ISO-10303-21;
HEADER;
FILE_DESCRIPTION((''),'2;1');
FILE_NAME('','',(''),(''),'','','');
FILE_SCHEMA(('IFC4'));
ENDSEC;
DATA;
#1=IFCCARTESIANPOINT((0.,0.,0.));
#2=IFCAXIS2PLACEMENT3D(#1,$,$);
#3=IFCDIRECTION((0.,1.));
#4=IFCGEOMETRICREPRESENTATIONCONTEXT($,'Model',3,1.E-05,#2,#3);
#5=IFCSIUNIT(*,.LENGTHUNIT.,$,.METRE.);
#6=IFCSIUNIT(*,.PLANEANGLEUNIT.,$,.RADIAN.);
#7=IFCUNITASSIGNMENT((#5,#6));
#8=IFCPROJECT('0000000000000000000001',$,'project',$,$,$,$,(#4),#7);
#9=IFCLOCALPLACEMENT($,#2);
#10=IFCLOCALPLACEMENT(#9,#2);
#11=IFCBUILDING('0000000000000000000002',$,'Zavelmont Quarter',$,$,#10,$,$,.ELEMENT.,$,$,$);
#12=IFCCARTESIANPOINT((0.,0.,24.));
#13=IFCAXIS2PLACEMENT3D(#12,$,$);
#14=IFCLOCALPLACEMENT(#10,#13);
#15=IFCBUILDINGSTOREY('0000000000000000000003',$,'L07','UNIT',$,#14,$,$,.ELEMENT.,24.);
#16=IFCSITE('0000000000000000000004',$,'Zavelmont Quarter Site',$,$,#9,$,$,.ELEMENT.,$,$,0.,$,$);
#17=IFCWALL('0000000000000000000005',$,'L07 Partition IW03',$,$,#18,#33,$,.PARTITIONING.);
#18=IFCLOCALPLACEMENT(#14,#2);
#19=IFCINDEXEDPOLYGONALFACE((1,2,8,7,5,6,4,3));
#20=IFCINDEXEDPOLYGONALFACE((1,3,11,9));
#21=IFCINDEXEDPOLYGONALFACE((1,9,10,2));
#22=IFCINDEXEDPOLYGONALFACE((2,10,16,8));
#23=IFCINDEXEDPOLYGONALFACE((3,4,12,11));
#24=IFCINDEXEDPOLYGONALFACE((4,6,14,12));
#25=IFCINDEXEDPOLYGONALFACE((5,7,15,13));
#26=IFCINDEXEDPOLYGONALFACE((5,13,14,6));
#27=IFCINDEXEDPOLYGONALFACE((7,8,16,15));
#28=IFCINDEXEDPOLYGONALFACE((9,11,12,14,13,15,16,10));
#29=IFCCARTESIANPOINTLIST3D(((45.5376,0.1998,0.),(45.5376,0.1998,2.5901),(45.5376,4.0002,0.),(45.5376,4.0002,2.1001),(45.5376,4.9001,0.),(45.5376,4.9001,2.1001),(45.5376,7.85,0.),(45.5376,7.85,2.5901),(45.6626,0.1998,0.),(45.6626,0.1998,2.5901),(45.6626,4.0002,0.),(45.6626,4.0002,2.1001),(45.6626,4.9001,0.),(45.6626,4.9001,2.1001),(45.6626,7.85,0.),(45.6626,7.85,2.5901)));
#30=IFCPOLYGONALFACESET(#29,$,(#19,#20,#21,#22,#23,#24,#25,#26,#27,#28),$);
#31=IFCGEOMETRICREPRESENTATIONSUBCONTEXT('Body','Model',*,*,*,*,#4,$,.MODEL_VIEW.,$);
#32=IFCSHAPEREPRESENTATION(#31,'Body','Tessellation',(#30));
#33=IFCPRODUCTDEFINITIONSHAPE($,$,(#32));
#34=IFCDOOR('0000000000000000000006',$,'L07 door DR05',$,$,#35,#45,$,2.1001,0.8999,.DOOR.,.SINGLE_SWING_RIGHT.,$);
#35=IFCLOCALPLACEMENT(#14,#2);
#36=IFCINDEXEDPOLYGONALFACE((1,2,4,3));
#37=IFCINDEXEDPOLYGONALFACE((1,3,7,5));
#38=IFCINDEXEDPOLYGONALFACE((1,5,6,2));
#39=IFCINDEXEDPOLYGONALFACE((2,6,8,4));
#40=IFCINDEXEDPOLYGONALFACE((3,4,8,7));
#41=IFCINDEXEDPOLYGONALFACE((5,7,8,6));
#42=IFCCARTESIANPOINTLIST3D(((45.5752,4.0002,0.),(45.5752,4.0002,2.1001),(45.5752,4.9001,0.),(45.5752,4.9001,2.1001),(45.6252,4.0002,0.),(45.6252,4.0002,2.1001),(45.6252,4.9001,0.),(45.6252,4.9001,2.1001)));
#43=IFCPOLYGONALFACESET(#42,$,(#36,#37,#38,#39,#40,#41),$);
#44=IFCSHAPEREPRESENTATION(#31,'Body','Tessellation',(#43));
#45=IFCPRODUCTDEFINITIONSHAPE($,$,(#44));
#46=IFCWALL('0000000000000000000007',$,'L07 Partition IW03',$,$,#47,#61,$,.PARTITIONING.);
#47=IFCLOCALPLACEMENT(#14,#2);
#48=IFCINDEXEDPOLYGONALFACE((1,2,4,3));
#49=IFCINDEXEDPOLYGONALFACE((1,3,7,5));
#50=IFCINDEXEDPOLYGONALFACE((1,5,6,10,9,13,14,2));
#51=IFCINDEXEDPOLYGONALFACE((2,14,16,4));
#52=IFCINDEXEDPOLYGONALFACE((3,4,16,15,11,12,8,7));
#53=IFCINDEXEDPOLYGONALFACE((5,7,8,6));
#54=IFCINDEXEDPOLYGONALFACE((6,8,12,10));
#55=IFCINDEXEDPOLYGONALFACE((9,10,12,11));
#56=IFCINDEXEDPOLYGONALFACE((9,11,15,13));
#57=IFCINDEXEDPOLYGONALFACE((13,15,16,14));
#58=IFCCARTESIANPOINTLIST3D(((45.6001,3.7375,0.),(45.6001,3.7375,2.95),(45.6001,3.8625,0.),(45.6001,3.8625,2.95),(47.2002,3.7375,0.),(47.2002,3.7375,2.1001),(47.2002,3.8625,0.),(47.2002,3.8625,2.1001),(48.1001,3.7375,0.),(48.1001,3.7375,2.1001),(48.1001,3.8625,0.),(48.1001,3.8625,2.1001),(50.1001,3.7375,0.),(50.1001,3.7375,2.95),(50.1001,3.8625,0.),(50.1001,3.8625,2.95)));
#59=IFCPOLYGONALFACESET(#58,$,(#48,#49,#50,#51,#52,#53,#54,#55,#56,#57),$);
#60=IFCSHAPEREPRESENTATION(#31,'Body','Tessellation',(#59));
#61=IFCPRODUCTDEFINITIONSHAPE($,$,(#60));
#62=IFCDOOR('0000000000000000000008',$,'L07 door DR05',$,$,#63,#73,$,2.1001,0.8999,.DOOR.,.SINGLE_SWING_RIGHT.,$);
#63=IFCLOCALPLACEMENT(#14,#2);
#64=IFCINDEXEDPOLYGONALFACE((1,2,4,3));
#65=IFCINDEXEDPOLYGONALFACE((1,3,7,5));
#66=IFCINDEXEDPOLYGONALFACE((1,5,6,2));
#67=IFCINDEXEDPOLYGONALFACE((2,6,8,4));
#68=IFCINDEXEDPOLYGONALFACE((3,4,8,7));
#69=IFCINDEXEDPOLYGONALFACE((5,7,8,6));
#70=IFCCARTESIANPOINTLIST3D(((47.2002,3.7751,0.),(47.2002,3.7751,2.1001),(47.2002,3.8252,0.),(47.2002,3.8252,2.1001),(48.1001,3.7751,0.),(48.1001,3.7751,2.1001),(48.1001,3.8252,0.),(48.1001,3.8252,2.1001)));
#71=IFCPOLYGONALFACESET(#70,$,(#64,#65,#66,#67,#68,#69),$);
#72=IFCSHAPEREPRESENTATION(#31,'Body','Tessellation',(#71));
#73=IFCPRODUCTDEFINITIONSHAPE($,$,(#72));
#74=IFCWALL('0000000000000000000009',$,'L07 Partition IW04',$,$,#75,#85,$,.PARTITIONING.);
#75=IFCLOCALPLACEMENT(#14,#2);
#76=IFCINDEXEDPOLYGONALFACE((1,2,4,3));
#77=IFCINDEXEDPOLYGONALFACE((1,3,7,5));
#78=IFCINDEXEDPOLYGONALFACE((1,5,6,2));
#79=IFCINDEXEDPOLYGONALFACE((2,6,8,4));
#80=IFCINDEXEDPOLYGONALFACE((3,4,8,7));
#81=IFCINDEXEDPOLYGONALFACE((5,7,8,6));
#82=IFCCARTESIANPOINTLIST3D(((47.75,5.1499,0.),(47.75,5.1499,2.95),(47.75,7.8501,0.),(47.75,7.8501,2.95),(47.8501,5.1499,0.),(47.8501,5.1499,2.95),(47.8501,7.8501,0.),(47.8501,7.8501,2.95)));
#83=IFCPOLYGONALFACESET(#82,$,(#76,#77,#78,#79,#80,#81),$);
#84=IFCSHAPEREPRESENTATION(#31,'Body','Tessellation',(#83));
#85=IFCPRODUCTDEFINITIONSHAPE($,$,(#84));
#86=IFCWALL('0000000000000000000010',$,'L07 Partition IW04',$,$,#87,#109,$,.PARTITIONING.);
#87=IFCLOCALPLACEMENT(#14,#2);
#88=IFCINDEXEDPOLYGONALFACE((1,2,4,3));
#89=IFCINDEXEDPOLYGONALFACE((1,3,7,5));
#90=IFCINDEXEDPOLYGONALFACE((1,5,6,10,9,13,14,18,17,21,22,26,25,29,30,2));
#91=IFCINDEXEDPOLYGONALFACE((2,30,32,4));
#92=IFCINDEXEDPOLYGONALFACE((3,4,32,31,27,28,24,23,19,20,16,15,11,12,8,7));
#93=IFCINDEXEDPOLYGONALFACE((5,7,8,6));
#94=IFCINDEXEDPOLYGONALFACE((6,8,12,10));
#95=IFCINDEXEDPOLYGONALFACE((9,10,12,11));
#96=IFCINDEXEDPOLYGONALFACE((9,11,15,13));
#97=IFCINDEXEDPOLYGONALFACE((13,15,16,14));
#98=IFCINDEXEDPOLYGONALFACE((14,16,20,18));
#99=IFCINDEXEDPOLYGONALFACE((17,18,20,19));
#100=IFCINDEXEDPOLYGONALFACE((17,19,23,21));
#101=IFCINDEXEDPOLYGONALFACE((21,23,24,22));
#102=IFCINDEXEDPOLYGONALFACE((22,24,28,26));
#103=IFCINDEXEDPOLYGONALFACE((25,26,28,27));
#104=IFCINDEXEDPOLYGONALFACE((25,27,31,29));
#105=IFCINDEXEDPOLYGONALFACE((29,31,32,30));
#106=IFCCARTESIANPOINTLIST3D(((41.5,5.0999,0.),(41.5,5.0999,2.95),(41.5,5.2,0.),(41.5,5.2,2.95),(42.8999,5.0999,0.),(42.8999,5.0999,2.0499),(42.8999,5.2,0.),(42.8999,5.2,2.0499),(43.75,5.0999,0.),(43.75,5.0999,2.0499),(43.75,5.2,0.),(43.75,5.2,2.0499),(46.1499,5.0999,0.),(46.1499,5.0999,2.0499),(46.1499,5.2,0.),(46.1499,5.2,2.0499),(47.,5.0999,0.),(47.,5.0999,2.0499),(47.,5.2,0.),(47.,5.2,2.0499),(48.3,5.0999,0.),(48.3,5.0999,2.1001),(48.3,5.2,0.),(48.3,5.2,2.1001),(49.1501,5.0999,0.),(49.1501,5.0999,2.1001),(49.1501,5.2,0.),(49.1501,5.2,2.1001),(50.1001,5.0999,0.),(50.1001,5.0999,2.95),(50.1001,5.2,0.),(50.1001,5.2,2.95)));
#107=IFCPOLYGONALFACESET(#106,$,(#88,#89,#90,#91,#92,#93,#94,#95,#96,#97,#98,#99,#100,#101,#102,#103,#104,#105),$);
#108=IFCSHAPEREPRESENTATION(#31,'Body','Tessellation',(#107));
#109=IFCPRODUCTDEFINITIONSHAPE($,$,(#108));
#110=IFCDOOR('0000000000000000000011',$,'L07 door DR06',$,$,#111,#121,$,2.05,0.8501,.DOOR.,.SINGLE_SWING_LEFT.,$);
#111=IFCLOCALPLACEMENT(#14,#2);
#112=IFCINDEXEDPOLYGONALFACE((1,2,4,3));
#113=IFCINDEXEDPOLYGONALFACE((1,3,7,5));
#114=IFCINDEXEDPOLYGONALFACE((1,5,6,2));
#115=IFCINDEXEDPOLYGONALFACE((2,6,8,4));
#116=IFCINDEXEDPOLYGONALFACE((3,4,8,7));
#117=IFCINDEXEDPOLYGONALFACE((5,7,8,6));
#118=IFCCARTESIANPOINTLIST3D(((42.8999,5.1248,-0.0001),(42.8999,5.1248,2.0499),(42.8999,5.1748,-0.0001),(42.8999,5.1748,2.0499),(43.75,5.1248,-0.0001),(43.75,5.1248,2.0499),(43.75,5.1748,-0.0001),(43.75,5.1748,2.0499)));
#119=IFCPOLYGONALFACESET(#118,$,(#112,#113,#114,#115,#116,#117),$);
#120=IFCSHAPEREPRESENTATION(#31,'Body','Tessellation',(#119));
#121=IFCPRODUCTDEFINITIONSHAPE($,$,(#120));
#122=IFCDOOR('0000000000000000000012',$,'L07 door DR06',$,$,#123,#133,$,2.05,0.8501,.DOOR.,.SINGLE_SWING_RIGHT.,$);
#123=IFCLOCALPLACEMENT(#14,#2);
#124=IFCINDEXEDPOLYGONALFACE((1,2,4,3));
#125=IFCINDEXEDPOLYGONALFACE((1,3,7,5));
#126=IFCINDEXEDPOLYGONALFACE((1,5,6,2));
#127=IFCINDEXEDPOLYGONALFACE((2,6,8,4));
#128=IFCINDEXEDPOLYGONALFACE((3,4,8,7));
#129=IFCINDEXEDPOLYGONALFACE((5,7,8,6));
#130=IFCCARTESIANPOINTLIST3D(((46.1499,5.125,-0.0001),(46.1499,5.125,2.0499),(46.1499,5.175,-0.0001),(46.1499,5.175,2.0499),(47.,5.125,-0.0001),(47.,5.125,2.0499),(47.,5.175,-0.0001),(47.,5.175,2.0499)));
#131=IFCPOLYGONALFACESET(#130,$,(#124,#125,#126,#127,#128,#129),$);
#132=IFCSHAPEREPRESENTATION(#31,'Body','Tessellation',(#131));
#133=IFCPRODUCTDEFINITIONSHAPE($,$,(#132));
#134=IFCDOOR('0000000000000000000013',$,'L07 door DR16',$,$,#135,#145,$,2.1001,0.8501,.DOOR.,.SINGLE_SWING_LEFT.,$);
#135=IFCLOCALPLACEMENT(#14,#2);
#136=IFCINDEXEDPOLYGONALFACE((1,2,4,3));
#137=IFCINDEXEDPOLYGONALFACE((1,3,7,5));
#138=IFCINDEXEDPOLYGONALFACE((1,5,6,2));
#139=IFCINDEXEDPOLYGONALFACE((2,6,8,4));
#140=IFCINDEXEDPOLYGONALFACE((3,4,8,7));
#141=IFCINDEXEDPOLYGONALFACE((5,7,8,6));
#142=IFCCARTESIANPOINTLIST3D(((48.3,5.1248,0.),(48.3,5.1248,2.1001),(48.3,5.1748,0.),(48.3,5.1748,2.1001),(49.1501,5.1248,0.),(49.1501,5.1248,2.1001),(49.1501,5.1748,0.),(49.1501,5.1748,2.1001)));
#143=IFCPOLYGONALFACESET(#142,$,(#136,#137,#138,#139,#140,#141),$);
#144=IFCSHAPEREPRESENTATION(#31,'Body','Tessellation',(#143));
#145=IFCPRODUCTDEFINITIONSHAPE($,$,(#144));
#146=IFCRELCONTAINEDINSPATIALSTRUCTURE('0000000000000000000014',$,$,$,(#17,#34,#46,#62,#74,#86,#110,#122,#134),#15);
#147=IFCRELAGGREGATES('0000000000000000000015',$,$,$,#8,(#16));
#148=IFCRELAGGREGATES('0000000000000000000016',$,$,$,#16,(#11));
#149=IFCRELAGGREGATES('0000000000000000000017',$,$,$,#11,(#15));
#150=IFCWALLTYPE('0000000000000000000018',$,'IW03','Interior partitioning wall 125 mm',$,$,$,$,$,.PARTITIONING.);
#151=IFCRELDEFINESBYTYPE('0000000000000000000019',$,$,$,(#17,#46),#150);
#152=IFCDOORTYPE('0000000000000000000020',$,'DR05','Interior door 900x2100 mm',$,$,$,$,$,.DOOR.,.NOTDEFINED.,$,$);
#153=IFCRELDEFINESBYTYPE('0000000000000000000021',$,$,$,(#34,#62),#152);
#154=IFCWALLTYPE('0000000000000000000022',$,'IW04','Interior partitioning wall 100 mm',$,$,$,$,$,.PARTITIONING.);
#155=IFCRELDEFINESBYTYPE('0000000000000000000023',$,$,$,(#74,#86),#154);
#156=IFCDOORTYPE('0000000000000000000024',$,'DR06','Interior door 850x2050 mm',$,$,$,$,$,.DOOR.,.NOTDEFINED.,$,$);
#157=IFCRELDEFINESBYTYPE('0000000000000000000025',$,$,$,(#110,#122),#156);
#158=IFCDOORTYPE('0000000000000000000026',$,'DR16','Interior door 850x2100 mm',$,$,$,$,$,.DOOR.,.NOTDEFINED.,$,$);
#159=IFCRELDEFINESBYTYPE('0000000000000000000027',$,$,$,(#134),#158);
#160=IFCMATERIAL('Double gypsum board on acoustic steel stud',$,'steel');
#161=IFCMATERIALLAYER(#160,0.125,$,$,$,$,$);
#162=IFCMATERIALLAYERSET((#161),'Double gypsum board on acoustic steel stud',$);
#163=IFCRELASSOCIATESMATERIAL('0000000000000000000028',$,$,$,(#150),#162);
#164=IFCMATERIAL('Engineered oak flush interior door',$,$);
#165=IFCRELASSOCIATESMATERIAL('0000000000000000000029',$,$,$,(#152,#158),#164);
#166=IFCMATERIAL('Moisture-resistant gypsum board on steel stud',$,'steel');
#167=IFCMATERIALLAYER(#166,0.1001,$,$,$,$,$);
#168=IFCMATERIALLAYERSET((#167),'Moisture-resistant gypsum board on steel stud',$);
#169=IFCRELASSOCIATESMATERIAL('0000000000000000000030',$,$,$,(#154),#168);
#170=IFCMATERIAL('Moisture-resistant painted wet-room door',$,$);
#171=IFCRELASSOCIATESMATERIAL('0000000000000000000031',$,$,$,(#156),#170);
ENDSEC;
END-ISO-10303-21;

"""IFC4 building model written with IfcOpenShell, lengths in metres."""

from ifc_helpers import new_model, si_unit, direction, frame, frame_2d, origin, origin_with_axes, place, context, subcontext, project, spatial, rectangle, extrude, material, layer, layer_set, type_object, element, fill, save


model = new_model("IFC4")

# Units and contexts
model_context = context("Model", 3, precision=1e-05, world=origin(), true_north=direction((0.0, 1.0)))
body_context = subcontext(model_context, "Body", "Model", "MODEL_VIEW")
ifc_project = project(units=[si_unit("LENGTHUNIT", "METRE"), si_unit("PLANEANGLEUNIT", "RADIAN")], contexts=[model_context])

# Site, building, storey
site_placement = place(None, origin())
site = spatial("IfcSite", under=ifc_project, at=site_placement, Name="Zavelmont Quarter Site", CompositionType="ELEMENT", RefElevation=0.0)
building_placement = place(site_placement, origin())
building = spatial("IfcBuilding", under=site, at=building_placement, Name="Zavelmont Quarter", CompositionType="ELEMENT")
storey_placement = place(building_placement, frame((0.0, 0.0, 24.0)))
storey = spatial("IfcBuildingStorey", under=building, at=storey_placement, Name="L07", Description="UNIT", CompositionType="ELEMENT", Elevation=24.0)

# Walls, openings, doors
ifc_material_1 = material(Name="Double gypsum board on acoustic steel stud", Category="steel")
ifc_layer_1 = layer(ifc_material_1, 0.125)
ifc_layer_set_1 = layer_set([ifc_layer_1], Name="Double gypsum board on acoustic steel stud")
wall_type_1 = type_object("IfcWallType", Name="IW03", Description="Interior partitioning wall 125 mm", PredefinedType="PARTITIONING", material=ifc_layer_set_1)
wall_1_placement = place(storey_placement, frame((45.6001, 7.8501, 0.0), z_axis=(0.0, 0.0, 1.0), x_axis=(0.0, -1.0, 0.0)))
wall_1 = element("IfcWall", 1, at=wall_1_placement, inside=storey, type_object=wall_type_1, Name="L07 Partition IW03", PredefinedType="PARTITIONING", context=body_context, shape_type="SweptSolid", body=[
    extrude(rectangle(XDim=7.6501, YDim=0.125, at=frame_2d((3.8252, 0.0))), origin(), (0.0, 0.0, 1.0), 2.5901),
])
opening_1_placement = place(wall_1_placement, frame((2.95, 0.0, 0.0)))
opening_1 = element("IfcOpeningElement", 2, at=opening_1_placement, cuts=wall_1, PredefinedType="OPENING", context=body_context, shape_type="SweptSolid", body=[
    extrude(rectangle(XDim=0.8999, YDim=2.1001, at=frame_2d((0.45, 1.05))), frame((0.0, 0.0745, 0.0), z_axis=(0.0, -1.0, 0.0), x_axis=(1.0, 0.0, 0.0)), (0.0, 0.0, 1.0), 0.1489),
])
ifc_material_2 = material(Name="Engineered oak flush interior door")
door_type_1 = type_object("IfcDoorType", Name="DR05", Description="Interior door 900x2100 mm", OperationType="NOTDEFINED", PredefinedType="DOOR", material=ifc_material_2)
door_1_placement = place(opening_1_placement, frame((0.8999, 0.0, 0.0), z_axis=(0.0, 0.0, 1.0), x_axis=(-1.0, 0.0, 0.0)))
door_1 = element("IfcDoor", 3, at=door_1_placement, inside=storey, type_object=door_type_1, Name="L07 door DR05", OperationType="SINGLE_SWING_RIGHT", OverallHeight=2.1001, OverallWidth=0.8999, PredefinedType="DOOR", context=body_context, shape_type="SweptSolid", body=[
    extrude(rectangle(XDim=0.8999, YDim=2.1001, at=frame_2d((0.45, 1.05))), frame((0.0, 0.0249, 0.0), z_axis=(0.0, -1.0, 0.0), x_axis=(1.0, 0.0, 0.0)), (0.0, 0.0, 1.0), 0.05),
])
fill(opening_1, door_1)
wall_2_placement = place(storey_placement, frame((45.6001, 3.8, 0.0), z_axis=(0.0, 0.0, 1.0), x_axis=(1.0, 0.0, 0.0)))
wall_2 = element("IfcWall", 4, at=wall_2_placement, inside=storey, type_object=wall_type_1, Name="L07 Partition IW03", PredefinedType="PARTITIONING", context=body_context, shape_type="SweptSolid", body=[
    extrude(rectangle(XDim=4.5, YDim=0.125, at=frame_2d((2.25, 0.0))), origin(), (0.0, 0.0, 1.0), 2.95),
])
opening_2_placement = place(wall_2_placement, frame((1.6001, 0.0, 0.0)))
opening_2 = element("IfcOpeningElement", 5, at=opening_2_placement, cuts=wall_2, PredefinedType="OPENING", context=body_context, shape_type="SweptSolid", body=[
    extrude(rectangle(XDim=0.8999, YDim=2.1001, at=frame_2d((0.45, 1.05))), frame((0.0, 0.0745, 0.0), z_axis=(0.0, -1.0, 0.0), x_axis=(1.0, 0.0, 0.0)), (0.0, 0.0, 1.0), 0.1489),
])
door_2_placement = place(opening_2_placement, frame((0.8999, 0.0, 0.0), z_axis=(0.0, 0.0, 1.0), x_axis=(-1.0, 0.0, 0.0)))
door_2 = element("IfcDoor", 6, at=door_2_placement, inside=storey, type_object=door_type_1, Name="L07 door DR05", OperationType="SINGLE_SWING_RIGHT", OverallHeight=2.1001, OverallWidth=0.8999, PredefinedType="DOOR", context=body_context, shape_type="SweptSolid", body=[
    extrude(rectangle(XDim=0.8999, YDim=2.1001, at=frame_2d((0.45, 1.05))), frame((0.0, 0.0249, 0.0), z_axis=(0.0, -1.0, 0.0), x_axis=(1.0, 0.0, 0.0)), (0.0, 0.0, 1.0), 0.05),
])
fill(opening_2, door_2)

# Wall
ifc_material_3 = material(Name="Moisture-resistant gypsum board on steel stud", Category="steel")
ifc_layer_2 = layer(ifc_material_3, 0.1001)
ifc_layer_set_2 = layer_set([ifc_layer_2], Name="Moisture-resistant gypsum board on steel stud")
wall_type_2 = type_object("IfcWallType", Name="IW04", Description="Interior partitioning wall 100 mm", PredefinedType="PARTITIONING", material=ifc_layer_set_2)
wall_3_placement = place(storey_placement, frame((47.8, 7.8501, 0.0), z_axis=(0.0, 0.0, 1.0), x_axis=(0.0, -1.0, 0.0)))
element("IfcWall", 7, at=wall_3_placement, inside=storey, type_object=wall_type_2, Name="L07 Partition IW04", PredefinedType="PARTITIONING", context=body_context, shape_type="SweptSolid", body=[
    extrude(rectangle(XDim=2.7002, YDim=0.1001, at=frame_2d((1.3501, 0.0))), origin(), (0.0, 0.0, 1.0), 2.95),
])

# Wall, openings, doors
wall_4_placement = place(storey_placement, frame((41.5, 5.1499, 0.0), z_axis=(0.0, 0.0, 1.0), x_axis=(1.0, 0.0, 0.0)))
wall_4 = element("IfcWall", 8, at=wall_4_placement, inside=storey, type_object=wall_type_2, Name="L07 Partition IW04", PredefinedType="PARTITIONING", context=body_context, shape_type="SweptSolid", body=[
    extrude(rectangle(XDim=8.6001, YDim=0.1001, at=frame_2d((4.3, 0.0))), origin(), (0.0, 0.0, 1.0), 2.95),
])
opening_3_placement = place(wall_4_placement, frame((1.3999, 0.0, 0.0)))
opening_3 = element("IfcOpeningElement", 9, at=opening_3_placement, cuts=wall_4, PredefinedType="OPENING", context=body_context, shape_type="SweptSolid", body=[
    extrude(rectangle(XDim=0.8501, YDim=2.05, at=frame_2d((0.425, 1.0249))), frame((0.0, 0.062, 0.0), z_axis=(0.0, -1.0, 0.0), x_axis=(1.0, 0.0, 0.0)), (0.0, 0.0, 1.0), 0.124),
])
opening_4_placement = place(wall_4_placement, frame((4.6499, 0.0, 0.0)))
opening_4 = element("IfcOpeningElement", 10, at=opening_4_placement, cuts=wall_4, PredefinedType="OPENING", context=body_context, shape_type="SweptSolid", body=[
    extrude(rectangle(XDim=0.8501, YDim=2.05, at=frame_2d((0.425, 1.0249))), frame((0.0, 0.062, 0.0), z_axis=(0.0, -1.0, 0.0), x_axis=(1.0, 0.0, 0.0)), (0.0, 0.0, 1.0), 0.124),
])
opening_5_placement = place(wall_4_placement, frame((6.8, 0.0, 0.0)))
opening_5 = element("IfcOpeningElement", 11, at=opening_5_placement, cuts=wall_4, PredefinedType="OPENING", context=body_context, shape_type="SweptSolid", body=[
    extrude(rectangle(XDim=0.8501, YDim=2.1001, at=frame_2d((0.425, 1.05))), frame((0.0, 0.062, 0.0), z_axis=(0.0, -1.0, 0.0), x_axis=(1.0, 0.0, 0.0)), (0.0, 0.0, 1.0), 0.124),
])
ifc_material_4 = material(Name="Moisture-resistant painted wet-room door")
door_type_2 = type_object("IfcDoorType", Name="DR06", Description="Interior door 850x2050 mm", OperationType="NOTDEFINED", PredefinedType="DOOR", material=ifc_material_4)
door_3_placement = place(opening_3_placement, origin_with_axes())
door_3 = element("IfcDoor", 12, at=door_3_placement, inside=storey, type_object=door_type_2, Name="L07 door DR06", OperationType="SINGLE_SWING_LEFT", OverallHeight=2.05, OverallWidth=0.8501, PredefinedType="DOOR", context=body_context, shape_type="SweptSolid", body=[
    extrude(rectangle(XDim=0.8501, YDim=2.05, at=frame_2d((0.425, 1.0249))), frame((0.0, 0.0249, 0.0), z_axis=(0.0, -1.0, 0.0), x_axis=(1.0, 0.0, 0.0)), (0.0, 0.0, 1.0), 0.05),
])
fill(opening_3, door_3)
door_4_placement = place(opening_4_placement, frame((0.8501, 0.0, 0.0), z_axis=(0.0, 0.0, 1.0), x_axis=(-1.0, 0.0, 0.0)))
door_4 = element("IfcDoor", 13, at=door_4_placement, inside=storey, type_object=door_type_2, Name="L07 door DR06", OperationType="SINGLE_SWING_RIGHT", OverallHeight=2.05, OverallWidth=0.8501, PredefinedType="DOOR", context=body_context, shape_type="SweptSolid", body=[
    extrude(rectangle(XDim=0.8501, YDim=2.05, at=frame_2d((0.425, 1.0249))), frame((0.0, 0.0249, 0.0), z_axis=(0.0, -1.0, 0.0), x_axis=(1.0, 0.0, 0.0)), (0.0, 0.0, 1.0), 0.05),
])
fill(opening_4, door_4)
door_type_3 = type_object("IfcDoorType", Name="DR16", Description="Interior door 850x2100 mm", OperationType="NOTDEFINED", PredefinedType="DOOR", material=ifc_material_2)
door_5_placement = place(opening_5_placement, origin_with_axes())
door_5 = element("IfcDoor", 14, at=door_5_placement, inside=storey, type_object=door_type_3, Name="L07 door DR16", OperationType="SINGLE_SWING_LEFT", OverallHeight=2.1001, OverallWidth=0.8501, PredefinedType="DOOR", context=body_context, shape_type="SweptSolid", body=[
    extrude(rectangle(XDim=0.8501, YDim=2.1001, at=frame_2d((0.425, 1.05))), frame((0.0, 0.0249, 0.0), z_axis=(0.0, -1.0, 0.0), x_axis=(1.0, 0.0, 0.0)), (0.0, 0.0, 1.0), 0.05),
])
fill(opening_5, door_5)

save(model, "model.ifc")
